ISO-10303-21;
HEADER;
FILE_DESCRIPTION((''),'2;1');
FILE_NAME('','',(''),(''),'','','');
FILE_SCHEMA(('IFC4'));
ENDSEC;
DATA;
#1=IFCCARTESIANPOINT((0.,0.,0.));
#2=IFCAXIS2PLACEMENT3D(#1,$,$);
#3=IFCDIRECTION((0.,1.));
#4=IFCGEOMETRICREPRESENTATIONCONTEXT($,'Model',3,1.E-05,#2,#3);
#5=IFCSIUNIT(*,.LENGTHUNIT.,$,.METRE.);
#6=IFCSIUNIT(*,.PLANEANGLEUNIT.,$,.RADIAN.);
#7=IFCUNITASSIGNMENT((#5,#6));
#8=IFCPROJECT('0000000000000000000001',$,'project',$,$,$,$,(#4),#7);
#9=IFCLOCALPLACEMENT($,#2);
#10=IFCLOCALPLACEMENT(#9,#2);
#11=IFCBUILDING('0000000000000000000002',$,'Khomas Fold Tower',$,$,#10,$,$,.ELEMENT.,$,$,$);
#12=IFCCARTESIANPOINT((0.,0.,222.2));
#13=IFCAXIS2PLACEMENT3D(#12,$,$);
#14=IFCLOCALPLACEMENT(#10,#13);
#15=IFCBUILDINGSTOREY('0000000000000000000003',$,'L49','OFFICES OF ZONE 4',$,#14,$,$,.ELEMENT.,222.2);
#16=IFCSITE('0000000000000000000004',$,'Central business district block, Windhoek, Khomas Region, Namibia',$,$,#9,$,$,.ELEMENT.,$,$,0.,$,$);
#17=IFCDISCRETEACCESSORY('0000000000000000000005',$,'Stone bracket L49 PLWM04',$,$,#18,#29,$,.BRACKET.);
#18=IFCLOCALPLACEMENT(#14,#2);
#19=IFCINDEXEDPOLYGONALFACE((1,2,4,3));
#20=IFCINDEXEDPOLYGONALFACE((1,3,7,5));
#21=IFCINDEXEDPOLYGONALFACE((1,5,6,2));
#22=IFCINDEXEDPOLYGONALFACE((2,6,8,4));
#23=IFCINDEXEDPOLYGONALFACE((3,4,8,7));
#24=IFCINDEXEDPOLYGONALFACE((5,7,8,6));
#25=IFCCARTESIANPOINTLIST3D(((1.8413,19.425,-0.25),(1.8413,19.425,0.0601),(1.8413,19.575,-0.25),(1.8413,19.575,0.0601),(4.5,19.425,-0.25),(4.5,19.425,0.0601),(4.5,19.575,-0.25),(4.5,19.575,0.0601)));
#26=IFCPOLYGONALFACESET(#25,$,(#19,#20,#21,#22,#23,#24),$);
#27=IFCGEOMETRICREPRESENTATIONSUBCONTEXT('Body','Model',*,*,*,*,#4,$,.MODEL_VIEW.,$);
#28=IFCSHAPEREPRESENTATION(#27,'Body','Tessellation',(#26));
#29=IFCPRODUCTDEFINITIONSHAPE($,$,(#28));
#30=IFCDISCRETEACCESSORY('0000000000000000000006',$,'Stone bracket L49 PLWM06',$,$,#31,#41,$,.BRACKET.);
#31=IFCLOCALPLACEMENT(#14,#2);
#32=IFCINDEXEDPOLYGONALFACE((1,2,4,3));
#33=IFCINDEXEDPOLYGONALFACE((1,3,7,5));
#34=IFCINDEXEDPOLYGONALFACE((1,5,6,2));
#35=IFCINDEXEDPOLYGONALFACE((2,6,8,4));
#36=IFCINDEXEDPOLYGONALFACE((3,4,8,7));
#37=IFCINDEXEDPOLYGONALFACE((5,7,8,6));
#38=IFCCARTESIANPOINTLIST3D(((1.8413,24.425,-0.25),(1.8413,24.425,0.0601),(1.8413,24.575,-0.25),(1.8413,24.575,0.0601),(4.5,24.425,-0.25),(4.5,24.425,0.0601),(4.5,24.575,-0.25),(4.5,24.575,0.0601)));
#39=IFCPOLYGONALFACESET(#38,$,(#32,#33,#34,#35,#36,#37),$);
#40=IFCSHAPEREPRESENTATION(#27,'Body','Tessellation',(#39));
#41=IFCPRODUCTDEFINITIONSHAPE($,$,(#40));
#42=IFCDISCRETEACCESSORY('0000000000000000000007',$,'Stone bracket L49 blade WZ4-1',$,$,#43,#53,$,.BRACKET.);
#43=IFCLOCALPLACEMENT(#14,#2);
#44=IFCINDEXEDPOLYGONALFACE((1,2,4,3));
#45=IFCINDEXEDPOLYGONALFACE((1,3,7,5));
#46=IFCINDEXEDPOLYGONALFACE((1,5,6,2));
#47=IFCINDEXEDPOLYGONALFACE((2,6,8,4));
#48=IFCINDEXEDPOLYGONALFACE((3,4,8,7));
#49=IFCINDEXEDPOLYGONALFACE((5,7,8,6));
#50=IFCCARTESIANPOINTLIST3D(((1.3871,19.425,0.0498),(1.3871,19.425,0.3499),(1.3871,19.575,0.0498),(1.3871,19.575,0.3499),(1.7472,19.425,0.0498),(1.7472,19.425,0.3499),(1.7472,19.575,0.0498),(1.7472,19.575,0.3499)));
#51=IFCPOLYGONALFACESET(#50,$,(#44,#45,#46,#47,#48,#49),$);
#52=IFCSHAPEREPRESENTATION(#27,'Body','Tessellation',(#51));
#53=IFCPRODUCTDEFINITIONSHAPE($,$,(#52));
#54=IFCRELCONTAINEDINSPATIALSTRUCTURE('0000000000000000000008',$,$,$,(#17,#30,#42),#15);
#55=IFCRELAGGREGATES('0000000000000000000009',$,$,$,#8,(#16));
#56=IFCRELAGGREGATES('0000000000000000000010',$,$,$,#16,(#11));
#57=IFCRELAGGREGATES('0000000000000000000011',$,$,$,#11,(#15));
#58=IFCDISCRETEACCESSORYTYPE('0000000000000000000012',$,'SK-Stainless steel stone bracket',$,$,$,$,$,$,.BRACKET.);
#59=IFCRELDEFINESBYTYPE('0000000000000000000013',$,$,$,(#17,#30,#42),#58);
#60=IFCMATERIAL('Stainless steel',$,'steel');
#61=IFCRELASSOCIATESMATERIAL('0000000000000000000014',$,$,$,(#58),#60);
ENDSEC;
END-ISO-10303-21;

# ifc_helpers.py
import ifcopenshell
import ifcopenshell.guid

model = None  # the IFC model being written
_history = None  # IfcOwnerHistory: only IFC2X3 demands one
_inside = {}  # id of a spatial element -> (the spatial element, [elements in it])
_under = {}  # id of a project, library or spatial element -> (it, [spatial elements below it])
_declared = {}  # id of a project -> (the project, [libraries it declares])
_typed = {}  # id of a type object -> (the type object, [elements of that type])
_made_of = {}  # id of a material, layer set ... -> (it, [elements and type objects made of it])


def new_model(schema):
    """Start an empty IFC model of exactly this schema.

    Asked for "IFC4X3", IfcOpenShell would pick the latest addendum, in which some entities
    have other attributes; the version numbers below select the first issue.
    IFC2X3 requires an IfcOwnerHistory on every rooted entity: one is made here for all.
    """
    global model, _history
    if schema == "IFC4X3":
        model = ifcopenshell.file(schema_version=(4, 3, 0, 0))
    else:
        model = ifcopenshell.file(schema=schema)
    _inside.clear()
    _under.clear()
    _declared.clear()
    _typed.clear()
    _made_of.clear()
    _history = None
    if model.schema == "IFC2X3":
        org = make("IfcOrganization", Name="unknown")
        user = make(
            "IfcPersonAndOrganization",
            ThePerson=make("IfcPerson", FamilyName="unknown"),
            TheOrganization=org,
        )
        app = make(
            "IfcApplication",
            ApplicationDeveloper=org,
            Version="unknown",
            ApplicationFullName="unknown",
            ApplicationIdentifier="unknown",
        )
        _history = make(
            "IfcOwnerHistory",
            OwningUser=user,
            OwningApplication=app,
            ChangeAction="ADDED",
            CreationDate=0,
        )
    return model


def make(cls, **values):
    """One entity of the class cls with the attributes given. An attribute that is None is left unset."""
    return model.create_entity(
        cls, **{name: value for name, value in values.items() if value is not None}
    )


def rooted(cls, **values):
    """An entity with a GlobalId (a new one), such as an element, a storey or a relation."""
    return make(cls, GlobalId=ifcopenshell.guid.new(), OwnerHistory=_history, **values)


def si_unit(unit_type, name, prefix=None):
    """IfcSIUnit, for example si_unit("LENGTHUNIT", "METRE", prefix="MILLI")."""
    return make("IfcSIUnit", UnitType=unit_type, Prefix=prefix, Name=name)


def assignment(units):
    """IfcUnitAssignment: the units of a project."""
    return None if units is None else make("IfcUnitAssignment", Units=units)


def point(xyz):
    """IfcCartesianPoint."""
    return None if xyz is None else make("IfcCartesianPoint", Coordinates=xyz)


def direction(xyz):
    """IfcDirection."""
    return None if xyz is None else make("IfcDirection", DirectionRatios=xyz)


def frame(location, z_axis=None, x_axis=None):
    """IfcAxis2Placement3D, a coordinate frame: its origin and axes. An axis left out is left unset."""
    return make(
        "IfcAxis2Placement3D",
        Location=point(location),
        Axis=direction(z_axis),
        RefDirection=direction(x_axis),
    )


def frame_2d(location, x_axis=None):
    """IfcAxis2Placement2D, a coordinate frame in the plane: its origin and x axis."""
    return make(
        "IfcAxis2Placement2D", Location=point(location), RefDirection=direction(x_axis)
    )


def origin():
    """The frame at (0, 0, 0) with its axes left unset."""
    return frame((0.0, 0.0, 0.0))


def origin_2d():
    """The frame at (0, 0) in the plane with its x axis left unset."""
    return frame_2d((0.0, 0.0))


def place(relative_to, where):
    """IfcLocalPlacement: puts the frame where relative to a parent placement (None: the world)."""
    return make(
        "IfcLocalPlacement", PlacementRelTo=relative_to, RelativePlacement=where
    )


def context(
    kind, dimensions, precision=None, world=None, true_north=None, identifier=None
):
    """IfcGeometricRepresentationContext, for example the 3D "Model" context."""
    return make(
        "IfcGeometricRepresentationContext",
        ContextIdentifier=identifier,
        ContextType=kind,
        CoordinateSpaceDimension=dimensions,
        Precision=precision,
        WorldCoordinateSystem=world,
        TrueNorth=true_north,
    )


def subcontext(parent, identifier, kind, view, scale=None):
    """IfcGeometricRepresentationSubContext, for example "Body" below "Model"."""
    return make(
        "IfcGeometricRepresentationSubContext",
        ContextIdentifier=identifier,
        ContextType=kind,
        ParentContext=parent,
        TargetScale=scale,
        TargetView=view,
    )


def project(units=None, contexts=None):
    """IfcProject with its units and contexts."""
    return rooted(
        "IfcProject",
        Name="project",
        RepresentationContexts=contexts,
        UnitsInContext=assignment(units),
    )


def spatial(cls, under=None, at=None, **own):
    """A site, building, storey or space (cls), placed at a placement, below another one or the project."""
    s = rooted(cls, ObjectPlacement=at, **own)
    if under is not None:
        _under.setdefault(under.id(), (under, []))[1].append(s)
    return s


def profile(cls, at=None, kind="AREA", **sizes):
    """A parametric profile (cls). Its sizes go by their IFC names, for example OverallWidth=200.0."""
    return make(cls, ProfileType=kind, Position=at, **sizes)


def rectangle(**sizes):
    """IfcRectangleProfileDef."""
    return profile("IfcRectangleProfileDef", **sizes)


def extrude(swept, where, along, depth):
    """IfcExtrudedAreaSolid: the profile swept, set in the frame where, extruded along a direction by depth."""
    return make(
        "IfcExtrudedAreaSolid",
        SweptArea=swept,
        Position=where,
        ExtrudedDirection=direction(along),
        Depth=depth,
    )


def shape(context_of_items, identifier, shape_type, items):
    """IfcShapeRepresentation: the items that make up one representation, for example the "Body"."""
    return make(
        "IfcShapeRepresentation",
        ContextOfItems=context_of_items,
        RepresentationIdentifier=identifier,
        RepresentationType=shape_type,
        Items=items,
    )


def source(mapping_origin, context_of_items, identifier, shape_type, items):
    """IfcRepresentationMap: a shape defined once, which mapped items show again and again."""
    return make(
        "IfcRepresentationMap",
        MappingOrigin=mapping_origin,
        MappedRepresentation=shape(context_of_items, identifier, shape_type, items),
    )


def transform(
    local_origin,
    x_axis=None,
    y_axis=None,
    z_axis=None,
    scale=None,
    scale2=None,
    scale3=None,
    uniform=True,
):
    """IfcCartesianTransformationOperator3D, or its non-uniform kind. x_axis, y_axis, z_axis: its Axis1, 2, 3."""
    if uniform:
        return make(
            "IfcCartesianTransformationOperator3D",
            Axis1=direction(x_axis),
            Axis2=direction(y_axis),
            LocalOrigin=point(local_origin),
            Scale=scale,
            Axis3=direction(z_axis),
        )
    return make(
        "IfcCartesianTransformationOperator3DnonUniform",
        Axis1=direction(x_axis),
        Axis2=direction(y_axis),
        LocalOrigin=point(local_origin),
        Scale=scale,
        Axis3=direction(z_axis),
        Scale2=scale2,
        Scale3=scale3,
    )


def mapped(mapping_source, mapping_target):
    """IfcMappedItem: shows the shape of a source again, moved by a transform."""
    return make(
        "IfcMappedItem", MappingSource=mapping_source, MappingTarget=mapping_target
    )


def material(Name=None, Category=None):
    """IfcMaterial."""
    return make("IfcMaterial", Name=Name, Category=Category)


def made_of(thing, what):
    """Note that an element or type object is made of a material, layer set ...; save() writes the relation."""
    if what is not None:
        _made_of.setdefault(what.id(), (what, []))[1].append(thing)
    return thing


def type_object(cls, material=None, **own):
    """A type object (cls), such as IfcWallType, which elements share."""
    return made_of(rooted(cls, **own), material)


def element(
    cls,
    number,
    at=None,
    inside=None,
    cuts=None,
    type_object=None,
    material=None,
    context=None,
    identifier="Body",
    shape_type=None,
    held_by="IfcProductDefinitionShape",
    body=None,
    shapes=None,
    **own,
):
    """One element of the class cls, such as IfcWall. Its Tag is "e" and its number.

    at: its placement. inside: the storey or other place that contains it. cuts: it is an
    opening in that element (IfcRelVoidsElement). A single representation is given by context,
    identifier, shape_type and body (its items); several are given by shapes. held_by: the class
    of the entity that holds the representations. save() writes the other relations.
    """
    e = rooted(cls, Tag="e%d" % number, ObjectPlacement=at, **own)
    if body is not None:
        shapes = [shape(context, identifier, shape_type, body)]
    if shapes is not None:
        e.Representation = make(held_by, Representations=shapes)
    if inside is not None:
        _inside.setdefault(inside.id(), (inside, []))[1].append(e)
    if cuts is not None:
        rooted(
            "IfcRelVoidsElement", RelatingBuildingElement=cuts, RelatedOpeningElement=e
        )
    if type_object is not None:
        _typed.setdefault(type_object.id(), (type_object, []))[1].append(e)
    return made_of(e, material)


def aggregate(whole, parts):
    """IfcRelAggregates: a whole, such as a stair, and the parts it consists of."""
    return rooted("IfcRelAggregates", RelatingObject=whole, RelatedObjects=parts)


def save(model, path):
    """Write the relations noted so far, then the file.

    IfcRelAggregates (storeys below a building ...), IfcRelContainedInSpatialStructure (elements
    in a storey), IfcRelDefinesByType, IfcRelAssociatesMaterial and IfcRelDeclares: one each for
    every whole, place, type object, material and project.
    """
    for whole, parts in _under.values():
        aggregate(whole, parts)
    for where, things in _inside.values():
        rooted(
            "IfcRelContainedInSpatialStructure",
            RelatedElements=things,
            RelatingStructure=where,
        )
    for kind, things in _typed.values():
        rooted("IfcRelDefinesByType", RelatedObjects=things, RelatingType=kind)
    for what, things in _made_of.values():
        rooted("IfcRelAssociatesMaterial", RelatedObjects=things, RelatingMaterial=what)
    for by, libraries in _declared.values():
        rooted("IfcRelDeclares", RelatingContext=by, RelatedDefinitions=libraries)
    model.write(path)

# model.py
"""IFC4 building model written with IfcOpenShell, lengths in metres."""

from ifc_helpers import new_model, si_unit, direction, frame, origin, origin_2d, place, context, subcontext, project, spatial, rectangle, extrude, source, transform, mapped, material, type_object, element, save


model = new_model("IFC4")

# Units and contexts
model_context = context("Model", 3, precision=1e-05, world=origin(), true_north=direction((0.0, 1.0)))
body_context = subcontext(model_context, "Body", "Model", "MODEL_VIEW")
ifc_project = project(units=[si_unit("LENGTHUNIT", "METRE"), si_unit("PLANEANGLEUNIT", "RADIAN")], contexts=[model_context])

# Site, building, storey
site_placement = place(None, origin())
site = spatial("IfcSite", under=ifc_project, at=site_placement, Name="Central business district block, Windhoek, Khomas Region, Namibia", CompositionType="ELEMENT", RefElevation=0.0)
building_placement = place(site_placement, origin())
building = spatial("IfcBuilding", under=site, at=building_placement, Name="Khomas Fold Tower", CompositionType="ELEMENT")
storey_placement = place(building_placement, frame((0.0, 0.0, 222.2)))
storey = spatial("IfcBuildingStorey", under=building, at=storey_placement, Name="L49", Description="OFFICES OF ZONE 4", CompositionType="ELEMENT", Elevation=222.2)

# Discrete accessories
ifc_material_1 = material(Name="Stainless steel", Category="steel")
discrete_accessory_type = type_object("IfcDiscreteAccessoryType", Name="SK-Stainless steel stone bracket", PredefinedType="BRACKET", material=ifc_material_1)
shared_shape_1 = source(origin(), body_context, "Body", "SweptSolid", [
    extrude(rectangle(XDim=2.6587, YDim=0.1499, at=origin_2d()), origin(), (0.0, 0.0, 1.0), 0.3101),
])
for number, where, z_axis, x_axis, name in (
    (1, (3.1707, 19.5, -0.25), (0.0, 0.0, 1.0), (-1.0, 0.0, 0.0), "Stone bracket L49 PLWM04"),
    (2, (3.1707, 24.5, -0.25), (0.0, 0.0, 1.0), (-1.0, 0.0, 0.0), "Stone bracket L49 PLWM06"),
):
    element("IfcDiscreteAccessory", number, at=place(storey_placement, frame(where, z_axis=z_axis, x_axis=x_axis)), inside=storey, type_object=discrete_accessory_type, Name=name, PredefinedType="BRACKET", context=body_context, shape_type="MappedRepresentation", body=[
        mapped(shared_shape_1, transform((0.0, 0.0, 0.0))),
    ])
shared_shape_2 = source(origin(), body_context, "Body", "SweptSolid", [
    extrude(rectangle(XDim=0.3601, YDim=0.1499, at=origin_2d()), origin(), (0.0, 0.0, 1.0), 0.3),
])
discrete_accessory_placement = place(storey_placement, frame((1.5671, 19.5, 0.0498), z_axis=(0.0, 0.0, 1.0), x_axis=(-1.0, 0.0, 0.0)))
element("IfcDiscreteAccessory", 3, at=discrete_accessory_placement, inside=storey, type_object=discrete_accessory_type, Name="Stone bracket L49 blade WZ4-1", PredefinedType="BRACKET", context=body_context, shape_type="MappedRepresentation", body=[
    mapped(shared_shape_2, transform((0.0, 0.0, 0.0))),
])

save(model, "model.ifc")
